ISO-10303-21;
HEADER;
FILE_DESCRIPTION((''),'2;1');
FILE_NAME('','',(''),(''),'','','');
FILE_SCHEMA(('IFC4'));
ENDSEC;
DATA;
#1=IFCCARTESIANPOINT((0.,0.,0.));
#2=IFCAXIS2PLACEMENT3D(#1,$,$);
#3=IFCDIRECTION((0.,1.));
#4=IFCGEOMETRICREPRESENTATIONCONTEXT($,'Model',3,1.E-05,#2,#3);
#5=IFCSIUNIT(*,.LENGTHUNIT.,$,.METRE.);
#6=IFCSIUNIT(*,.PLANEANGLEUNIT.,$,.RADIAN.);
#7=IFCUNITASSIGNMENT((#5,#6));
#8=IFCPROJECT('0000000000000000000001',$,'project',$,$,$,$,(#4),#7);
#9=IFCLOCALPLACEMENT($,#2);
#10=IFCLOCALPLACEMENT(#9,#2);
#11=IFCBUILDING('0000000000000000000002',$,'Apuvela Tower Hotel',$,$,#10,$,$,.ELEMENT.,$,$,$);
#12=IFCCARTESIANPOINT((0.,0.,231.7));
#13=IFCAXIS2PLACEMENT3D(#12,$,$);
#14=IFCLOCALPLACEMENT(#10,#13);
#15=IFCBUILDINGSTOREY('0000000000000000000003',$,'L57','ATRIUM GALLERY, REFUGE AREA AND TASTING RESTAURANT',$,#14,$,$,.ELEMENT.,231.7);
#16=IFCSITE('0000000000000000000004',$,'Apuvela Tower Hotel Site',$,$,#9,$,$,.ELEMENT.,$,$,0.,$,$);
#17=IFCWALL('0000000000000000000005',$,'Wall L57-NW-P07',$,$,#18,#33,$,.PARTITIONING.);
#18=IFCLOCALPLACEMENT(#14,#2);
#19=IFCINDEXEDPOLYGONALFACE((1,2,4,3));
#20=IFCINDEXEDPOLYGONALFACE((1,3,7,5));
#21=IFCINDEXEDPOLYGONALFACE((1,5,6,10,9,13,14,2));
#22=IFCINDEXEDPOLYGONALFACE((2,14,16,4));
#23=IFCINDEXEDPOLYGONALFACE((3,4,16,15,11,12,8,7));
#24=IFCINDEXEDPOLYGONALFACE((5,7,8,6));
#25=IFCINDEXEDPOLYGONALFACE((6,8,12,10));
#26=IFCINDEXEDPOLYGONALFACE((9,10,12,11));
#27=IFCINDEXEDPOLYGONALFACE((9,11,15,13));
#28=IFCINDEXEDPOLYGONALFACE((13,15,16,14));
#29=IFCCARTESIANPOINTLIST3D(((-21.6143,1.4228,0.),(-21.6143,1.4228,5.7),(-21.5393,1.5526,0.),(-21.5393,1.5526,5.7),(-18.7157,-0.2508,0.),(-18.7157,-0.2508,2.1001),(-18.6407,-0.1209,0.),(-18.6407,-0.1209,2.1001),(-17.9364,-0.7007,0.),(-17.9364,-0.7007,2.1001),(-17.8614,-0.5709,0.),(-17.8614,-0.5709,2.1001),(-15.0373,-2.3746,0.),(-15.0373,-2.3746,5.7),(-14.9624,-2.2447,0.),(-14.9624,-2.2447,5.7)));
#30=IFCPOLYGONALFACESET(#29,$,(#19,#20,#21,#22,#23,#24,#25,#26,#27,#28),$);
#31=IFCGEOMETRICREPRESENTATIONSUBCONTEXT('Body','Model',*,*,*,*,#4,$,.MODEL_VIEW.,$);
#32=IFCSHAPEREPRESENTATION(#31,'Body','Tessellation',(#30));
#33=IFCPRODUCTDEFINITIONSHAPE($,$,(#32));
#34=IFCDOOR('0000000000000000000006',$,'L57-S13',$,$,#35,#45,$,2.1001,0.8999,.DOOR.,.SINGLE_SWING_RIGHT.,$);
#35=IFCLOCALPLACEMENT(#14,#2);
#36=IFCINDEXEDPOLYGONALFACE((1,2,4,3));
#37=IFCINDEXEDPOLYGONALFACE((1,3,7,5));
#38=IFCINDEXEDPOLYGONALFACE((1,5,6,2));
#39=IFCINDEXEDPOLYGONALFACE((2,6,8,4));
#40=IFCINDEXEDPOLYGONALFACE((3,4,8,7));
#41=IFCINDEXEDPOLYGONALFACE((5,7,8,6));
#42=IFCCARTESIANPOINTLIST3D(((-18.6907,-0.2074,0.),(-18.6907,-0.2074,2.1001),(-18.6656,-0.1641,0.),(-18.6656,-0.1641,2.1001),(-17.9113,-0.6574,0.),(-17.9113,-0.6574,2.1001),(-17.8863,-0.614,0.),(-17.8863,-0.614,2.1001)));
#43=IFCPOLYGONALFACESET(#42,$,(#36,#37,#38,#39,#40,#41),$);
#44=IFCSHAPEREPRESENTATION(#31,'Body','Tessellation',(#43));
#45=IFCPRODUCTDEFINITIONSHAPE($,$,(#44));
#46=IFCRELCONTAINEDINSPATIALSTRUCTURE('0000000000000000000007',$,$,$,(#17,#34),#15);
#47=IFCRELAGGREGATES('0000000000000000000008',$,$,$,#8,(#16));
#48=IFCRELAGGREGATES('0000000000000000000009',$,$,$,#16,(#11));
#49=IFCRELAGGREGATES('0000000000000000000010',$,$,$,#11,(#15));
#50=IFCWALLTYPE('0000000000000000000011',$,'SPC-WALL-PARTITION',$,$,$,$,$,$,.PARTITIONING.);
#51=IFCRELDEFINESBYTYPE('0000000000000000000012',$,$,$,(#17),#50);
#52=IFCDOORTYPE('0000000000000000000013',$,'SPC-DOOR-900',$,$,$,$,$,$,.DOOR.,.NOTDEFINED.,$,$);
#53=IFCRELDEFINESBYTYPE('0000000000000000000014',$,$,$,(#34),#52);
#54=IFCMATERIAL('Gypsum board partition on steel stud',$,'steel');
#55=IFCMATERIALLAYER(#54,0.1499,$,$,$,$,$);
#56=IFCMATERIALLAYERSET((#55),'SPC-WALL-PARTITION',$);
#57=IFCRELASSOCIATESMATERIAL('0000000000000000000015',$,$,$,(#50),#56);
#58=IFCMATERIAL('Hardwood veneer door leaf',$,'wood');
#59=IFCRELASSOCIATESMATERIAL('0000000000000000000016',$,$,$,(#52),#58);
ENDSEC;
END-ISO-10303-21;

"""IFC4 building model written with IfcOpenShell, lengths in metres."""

from ifc_helpers import new_model, si_unit, direction, frame, frame_2d, origin, place, context, subcontext, project, spatial, rectangle, extrude, material, layer, layer_set, type_object, element, fill, save


model = new_model("IFC4")

# Units and contexts
model_context = context("Model", 3, precision=1e-05, world=origin(), true_north=direction((0.0, 1.0)))
body_context = subcontext(model_context, "Body", "Model", "MODEL_VIEW")
ifc_project = project(units=[si_unit("LENGTHUNIT", "METRE"), si_unit("PLANEANGLEUNIT", "RADIAN")], contexts=[model_context])

# Site, building, storey
site_placement = place(None, origin())
site = spatial("IfcSite", under=ifc_project, at=site_placement, Name="Apuvela Tower Hotel Site", CompositionType="ELEMENT", RefElevation=0.0)
building_placement = place(site_placement, origin())
building = spatial("IfcBuilding", under=site, at=building_placement, Name="Apuvela Tower Hotel", CompositionType="ELEMENT")
storey_placement = place(building_placement, frame((0.0, 0.0, 231.7)))
storey = spatial("IfcBuildingStorey", under=building, at=storey_placement, Name="L57", Description="ATRIUM GALLERY, REFUGE AREA AND TASTING RESTAURANT", CompositionType="ELEMENT", Elevation=231.7)

# Shared definitions
ifc_material_1 = material(Name="Gypsum board partition on steel stud", Category="steel")
ifc_layer_1 = layer(ifc_material_1, 0.1499)
ifc_layer_set_1 = layer_set([ifc_layer_1], Name="SPC-WALL-PARTITION")
wall_type = type_object("IfcWallType", Name="SPC-WALL-PARTITION", PredefinedType="PARTITIONING", material=ifc_layer_set_1)

# Wall, opening, door
wall_1_placement = place(storey_placement, frame((-21.5769, 1.4878, 0.0), z_axis=(0.0, 0.0, 1.0), x_axis=(0.866015, -0.500018, 0.0)))
wall_1 = element("IfcWall", 1, at=wall_1_placement, inside=storey, type_object=wall_type, Name="Wall L57-NW-P07", PredefinedType="PARTITIONING", context=body_context, shape_type="SweptSolid", body=[
    extrude(rectangle(XDim=7.5945, YDim=0.1499, at=frame_2d((3.7974, 0.0))), origin(), (0.0, 0.0, 1.0), 5.7),
])
opening_placement = place(wall_1_placement, frame((3.3472, 0.0, 0.0)))
opening = element("IfcOpeningElement", 2, at=opening_placement, cuts=wall_1, PredefinedType="OPENING", context=body_context, shape_type="SweptSolid", body=[
    extrude(rectangle(XDim=0.8999, YDim=2.1001, at=frame_2d((0.45, 1.05))), frame((0.0, 0.085, 0.0), z_axis=(0.0, -1.0, 0.0), x_axis=(1.0, 0.0, 0.0)), (0.0, 0.0, 1.0), 0.1699),
])
ifc_material_2 = material(Name="Hardwood veneer door leaf", Category="wood")
door_type = type_object("IfcDoorType", Name="SPC-DOOR-900", OperationType="NOTDEFINED", PredefinedType="DOOR", material=ifc_material_2)
door_placement = place(opening_placement, frame((0.8999, 0.0, 0.0), z_axis=(0.0, 0.0, 1.0), x_axis=(-1.0, 0.0, 0.0)))
door = element("IfcDoor", 3, at=door_placement, inside=storey, type_object=door_type, Name="L57-S13", OperationType="SINGLE_SWING_RIGHT", OverallHeight=2.1001, OverallWidth=0.8999, PredefinedType="DOOR", context=body_context, shape_type="SweptSolid", body=[
    extrude(rectangle(XDim=0.8999, YDim=2.1001, at=frame_2d((0.45, 1.05))), frame((0.0, 0.0249, 0.0), z_axis=(0.0, -1.0, 0.0), x_axis=(1.0, 0.0, 0.0)), (0.0, 0.0, 1.0), 0.05),
])
fill(opening, door)

save(model, "model.ifc")
